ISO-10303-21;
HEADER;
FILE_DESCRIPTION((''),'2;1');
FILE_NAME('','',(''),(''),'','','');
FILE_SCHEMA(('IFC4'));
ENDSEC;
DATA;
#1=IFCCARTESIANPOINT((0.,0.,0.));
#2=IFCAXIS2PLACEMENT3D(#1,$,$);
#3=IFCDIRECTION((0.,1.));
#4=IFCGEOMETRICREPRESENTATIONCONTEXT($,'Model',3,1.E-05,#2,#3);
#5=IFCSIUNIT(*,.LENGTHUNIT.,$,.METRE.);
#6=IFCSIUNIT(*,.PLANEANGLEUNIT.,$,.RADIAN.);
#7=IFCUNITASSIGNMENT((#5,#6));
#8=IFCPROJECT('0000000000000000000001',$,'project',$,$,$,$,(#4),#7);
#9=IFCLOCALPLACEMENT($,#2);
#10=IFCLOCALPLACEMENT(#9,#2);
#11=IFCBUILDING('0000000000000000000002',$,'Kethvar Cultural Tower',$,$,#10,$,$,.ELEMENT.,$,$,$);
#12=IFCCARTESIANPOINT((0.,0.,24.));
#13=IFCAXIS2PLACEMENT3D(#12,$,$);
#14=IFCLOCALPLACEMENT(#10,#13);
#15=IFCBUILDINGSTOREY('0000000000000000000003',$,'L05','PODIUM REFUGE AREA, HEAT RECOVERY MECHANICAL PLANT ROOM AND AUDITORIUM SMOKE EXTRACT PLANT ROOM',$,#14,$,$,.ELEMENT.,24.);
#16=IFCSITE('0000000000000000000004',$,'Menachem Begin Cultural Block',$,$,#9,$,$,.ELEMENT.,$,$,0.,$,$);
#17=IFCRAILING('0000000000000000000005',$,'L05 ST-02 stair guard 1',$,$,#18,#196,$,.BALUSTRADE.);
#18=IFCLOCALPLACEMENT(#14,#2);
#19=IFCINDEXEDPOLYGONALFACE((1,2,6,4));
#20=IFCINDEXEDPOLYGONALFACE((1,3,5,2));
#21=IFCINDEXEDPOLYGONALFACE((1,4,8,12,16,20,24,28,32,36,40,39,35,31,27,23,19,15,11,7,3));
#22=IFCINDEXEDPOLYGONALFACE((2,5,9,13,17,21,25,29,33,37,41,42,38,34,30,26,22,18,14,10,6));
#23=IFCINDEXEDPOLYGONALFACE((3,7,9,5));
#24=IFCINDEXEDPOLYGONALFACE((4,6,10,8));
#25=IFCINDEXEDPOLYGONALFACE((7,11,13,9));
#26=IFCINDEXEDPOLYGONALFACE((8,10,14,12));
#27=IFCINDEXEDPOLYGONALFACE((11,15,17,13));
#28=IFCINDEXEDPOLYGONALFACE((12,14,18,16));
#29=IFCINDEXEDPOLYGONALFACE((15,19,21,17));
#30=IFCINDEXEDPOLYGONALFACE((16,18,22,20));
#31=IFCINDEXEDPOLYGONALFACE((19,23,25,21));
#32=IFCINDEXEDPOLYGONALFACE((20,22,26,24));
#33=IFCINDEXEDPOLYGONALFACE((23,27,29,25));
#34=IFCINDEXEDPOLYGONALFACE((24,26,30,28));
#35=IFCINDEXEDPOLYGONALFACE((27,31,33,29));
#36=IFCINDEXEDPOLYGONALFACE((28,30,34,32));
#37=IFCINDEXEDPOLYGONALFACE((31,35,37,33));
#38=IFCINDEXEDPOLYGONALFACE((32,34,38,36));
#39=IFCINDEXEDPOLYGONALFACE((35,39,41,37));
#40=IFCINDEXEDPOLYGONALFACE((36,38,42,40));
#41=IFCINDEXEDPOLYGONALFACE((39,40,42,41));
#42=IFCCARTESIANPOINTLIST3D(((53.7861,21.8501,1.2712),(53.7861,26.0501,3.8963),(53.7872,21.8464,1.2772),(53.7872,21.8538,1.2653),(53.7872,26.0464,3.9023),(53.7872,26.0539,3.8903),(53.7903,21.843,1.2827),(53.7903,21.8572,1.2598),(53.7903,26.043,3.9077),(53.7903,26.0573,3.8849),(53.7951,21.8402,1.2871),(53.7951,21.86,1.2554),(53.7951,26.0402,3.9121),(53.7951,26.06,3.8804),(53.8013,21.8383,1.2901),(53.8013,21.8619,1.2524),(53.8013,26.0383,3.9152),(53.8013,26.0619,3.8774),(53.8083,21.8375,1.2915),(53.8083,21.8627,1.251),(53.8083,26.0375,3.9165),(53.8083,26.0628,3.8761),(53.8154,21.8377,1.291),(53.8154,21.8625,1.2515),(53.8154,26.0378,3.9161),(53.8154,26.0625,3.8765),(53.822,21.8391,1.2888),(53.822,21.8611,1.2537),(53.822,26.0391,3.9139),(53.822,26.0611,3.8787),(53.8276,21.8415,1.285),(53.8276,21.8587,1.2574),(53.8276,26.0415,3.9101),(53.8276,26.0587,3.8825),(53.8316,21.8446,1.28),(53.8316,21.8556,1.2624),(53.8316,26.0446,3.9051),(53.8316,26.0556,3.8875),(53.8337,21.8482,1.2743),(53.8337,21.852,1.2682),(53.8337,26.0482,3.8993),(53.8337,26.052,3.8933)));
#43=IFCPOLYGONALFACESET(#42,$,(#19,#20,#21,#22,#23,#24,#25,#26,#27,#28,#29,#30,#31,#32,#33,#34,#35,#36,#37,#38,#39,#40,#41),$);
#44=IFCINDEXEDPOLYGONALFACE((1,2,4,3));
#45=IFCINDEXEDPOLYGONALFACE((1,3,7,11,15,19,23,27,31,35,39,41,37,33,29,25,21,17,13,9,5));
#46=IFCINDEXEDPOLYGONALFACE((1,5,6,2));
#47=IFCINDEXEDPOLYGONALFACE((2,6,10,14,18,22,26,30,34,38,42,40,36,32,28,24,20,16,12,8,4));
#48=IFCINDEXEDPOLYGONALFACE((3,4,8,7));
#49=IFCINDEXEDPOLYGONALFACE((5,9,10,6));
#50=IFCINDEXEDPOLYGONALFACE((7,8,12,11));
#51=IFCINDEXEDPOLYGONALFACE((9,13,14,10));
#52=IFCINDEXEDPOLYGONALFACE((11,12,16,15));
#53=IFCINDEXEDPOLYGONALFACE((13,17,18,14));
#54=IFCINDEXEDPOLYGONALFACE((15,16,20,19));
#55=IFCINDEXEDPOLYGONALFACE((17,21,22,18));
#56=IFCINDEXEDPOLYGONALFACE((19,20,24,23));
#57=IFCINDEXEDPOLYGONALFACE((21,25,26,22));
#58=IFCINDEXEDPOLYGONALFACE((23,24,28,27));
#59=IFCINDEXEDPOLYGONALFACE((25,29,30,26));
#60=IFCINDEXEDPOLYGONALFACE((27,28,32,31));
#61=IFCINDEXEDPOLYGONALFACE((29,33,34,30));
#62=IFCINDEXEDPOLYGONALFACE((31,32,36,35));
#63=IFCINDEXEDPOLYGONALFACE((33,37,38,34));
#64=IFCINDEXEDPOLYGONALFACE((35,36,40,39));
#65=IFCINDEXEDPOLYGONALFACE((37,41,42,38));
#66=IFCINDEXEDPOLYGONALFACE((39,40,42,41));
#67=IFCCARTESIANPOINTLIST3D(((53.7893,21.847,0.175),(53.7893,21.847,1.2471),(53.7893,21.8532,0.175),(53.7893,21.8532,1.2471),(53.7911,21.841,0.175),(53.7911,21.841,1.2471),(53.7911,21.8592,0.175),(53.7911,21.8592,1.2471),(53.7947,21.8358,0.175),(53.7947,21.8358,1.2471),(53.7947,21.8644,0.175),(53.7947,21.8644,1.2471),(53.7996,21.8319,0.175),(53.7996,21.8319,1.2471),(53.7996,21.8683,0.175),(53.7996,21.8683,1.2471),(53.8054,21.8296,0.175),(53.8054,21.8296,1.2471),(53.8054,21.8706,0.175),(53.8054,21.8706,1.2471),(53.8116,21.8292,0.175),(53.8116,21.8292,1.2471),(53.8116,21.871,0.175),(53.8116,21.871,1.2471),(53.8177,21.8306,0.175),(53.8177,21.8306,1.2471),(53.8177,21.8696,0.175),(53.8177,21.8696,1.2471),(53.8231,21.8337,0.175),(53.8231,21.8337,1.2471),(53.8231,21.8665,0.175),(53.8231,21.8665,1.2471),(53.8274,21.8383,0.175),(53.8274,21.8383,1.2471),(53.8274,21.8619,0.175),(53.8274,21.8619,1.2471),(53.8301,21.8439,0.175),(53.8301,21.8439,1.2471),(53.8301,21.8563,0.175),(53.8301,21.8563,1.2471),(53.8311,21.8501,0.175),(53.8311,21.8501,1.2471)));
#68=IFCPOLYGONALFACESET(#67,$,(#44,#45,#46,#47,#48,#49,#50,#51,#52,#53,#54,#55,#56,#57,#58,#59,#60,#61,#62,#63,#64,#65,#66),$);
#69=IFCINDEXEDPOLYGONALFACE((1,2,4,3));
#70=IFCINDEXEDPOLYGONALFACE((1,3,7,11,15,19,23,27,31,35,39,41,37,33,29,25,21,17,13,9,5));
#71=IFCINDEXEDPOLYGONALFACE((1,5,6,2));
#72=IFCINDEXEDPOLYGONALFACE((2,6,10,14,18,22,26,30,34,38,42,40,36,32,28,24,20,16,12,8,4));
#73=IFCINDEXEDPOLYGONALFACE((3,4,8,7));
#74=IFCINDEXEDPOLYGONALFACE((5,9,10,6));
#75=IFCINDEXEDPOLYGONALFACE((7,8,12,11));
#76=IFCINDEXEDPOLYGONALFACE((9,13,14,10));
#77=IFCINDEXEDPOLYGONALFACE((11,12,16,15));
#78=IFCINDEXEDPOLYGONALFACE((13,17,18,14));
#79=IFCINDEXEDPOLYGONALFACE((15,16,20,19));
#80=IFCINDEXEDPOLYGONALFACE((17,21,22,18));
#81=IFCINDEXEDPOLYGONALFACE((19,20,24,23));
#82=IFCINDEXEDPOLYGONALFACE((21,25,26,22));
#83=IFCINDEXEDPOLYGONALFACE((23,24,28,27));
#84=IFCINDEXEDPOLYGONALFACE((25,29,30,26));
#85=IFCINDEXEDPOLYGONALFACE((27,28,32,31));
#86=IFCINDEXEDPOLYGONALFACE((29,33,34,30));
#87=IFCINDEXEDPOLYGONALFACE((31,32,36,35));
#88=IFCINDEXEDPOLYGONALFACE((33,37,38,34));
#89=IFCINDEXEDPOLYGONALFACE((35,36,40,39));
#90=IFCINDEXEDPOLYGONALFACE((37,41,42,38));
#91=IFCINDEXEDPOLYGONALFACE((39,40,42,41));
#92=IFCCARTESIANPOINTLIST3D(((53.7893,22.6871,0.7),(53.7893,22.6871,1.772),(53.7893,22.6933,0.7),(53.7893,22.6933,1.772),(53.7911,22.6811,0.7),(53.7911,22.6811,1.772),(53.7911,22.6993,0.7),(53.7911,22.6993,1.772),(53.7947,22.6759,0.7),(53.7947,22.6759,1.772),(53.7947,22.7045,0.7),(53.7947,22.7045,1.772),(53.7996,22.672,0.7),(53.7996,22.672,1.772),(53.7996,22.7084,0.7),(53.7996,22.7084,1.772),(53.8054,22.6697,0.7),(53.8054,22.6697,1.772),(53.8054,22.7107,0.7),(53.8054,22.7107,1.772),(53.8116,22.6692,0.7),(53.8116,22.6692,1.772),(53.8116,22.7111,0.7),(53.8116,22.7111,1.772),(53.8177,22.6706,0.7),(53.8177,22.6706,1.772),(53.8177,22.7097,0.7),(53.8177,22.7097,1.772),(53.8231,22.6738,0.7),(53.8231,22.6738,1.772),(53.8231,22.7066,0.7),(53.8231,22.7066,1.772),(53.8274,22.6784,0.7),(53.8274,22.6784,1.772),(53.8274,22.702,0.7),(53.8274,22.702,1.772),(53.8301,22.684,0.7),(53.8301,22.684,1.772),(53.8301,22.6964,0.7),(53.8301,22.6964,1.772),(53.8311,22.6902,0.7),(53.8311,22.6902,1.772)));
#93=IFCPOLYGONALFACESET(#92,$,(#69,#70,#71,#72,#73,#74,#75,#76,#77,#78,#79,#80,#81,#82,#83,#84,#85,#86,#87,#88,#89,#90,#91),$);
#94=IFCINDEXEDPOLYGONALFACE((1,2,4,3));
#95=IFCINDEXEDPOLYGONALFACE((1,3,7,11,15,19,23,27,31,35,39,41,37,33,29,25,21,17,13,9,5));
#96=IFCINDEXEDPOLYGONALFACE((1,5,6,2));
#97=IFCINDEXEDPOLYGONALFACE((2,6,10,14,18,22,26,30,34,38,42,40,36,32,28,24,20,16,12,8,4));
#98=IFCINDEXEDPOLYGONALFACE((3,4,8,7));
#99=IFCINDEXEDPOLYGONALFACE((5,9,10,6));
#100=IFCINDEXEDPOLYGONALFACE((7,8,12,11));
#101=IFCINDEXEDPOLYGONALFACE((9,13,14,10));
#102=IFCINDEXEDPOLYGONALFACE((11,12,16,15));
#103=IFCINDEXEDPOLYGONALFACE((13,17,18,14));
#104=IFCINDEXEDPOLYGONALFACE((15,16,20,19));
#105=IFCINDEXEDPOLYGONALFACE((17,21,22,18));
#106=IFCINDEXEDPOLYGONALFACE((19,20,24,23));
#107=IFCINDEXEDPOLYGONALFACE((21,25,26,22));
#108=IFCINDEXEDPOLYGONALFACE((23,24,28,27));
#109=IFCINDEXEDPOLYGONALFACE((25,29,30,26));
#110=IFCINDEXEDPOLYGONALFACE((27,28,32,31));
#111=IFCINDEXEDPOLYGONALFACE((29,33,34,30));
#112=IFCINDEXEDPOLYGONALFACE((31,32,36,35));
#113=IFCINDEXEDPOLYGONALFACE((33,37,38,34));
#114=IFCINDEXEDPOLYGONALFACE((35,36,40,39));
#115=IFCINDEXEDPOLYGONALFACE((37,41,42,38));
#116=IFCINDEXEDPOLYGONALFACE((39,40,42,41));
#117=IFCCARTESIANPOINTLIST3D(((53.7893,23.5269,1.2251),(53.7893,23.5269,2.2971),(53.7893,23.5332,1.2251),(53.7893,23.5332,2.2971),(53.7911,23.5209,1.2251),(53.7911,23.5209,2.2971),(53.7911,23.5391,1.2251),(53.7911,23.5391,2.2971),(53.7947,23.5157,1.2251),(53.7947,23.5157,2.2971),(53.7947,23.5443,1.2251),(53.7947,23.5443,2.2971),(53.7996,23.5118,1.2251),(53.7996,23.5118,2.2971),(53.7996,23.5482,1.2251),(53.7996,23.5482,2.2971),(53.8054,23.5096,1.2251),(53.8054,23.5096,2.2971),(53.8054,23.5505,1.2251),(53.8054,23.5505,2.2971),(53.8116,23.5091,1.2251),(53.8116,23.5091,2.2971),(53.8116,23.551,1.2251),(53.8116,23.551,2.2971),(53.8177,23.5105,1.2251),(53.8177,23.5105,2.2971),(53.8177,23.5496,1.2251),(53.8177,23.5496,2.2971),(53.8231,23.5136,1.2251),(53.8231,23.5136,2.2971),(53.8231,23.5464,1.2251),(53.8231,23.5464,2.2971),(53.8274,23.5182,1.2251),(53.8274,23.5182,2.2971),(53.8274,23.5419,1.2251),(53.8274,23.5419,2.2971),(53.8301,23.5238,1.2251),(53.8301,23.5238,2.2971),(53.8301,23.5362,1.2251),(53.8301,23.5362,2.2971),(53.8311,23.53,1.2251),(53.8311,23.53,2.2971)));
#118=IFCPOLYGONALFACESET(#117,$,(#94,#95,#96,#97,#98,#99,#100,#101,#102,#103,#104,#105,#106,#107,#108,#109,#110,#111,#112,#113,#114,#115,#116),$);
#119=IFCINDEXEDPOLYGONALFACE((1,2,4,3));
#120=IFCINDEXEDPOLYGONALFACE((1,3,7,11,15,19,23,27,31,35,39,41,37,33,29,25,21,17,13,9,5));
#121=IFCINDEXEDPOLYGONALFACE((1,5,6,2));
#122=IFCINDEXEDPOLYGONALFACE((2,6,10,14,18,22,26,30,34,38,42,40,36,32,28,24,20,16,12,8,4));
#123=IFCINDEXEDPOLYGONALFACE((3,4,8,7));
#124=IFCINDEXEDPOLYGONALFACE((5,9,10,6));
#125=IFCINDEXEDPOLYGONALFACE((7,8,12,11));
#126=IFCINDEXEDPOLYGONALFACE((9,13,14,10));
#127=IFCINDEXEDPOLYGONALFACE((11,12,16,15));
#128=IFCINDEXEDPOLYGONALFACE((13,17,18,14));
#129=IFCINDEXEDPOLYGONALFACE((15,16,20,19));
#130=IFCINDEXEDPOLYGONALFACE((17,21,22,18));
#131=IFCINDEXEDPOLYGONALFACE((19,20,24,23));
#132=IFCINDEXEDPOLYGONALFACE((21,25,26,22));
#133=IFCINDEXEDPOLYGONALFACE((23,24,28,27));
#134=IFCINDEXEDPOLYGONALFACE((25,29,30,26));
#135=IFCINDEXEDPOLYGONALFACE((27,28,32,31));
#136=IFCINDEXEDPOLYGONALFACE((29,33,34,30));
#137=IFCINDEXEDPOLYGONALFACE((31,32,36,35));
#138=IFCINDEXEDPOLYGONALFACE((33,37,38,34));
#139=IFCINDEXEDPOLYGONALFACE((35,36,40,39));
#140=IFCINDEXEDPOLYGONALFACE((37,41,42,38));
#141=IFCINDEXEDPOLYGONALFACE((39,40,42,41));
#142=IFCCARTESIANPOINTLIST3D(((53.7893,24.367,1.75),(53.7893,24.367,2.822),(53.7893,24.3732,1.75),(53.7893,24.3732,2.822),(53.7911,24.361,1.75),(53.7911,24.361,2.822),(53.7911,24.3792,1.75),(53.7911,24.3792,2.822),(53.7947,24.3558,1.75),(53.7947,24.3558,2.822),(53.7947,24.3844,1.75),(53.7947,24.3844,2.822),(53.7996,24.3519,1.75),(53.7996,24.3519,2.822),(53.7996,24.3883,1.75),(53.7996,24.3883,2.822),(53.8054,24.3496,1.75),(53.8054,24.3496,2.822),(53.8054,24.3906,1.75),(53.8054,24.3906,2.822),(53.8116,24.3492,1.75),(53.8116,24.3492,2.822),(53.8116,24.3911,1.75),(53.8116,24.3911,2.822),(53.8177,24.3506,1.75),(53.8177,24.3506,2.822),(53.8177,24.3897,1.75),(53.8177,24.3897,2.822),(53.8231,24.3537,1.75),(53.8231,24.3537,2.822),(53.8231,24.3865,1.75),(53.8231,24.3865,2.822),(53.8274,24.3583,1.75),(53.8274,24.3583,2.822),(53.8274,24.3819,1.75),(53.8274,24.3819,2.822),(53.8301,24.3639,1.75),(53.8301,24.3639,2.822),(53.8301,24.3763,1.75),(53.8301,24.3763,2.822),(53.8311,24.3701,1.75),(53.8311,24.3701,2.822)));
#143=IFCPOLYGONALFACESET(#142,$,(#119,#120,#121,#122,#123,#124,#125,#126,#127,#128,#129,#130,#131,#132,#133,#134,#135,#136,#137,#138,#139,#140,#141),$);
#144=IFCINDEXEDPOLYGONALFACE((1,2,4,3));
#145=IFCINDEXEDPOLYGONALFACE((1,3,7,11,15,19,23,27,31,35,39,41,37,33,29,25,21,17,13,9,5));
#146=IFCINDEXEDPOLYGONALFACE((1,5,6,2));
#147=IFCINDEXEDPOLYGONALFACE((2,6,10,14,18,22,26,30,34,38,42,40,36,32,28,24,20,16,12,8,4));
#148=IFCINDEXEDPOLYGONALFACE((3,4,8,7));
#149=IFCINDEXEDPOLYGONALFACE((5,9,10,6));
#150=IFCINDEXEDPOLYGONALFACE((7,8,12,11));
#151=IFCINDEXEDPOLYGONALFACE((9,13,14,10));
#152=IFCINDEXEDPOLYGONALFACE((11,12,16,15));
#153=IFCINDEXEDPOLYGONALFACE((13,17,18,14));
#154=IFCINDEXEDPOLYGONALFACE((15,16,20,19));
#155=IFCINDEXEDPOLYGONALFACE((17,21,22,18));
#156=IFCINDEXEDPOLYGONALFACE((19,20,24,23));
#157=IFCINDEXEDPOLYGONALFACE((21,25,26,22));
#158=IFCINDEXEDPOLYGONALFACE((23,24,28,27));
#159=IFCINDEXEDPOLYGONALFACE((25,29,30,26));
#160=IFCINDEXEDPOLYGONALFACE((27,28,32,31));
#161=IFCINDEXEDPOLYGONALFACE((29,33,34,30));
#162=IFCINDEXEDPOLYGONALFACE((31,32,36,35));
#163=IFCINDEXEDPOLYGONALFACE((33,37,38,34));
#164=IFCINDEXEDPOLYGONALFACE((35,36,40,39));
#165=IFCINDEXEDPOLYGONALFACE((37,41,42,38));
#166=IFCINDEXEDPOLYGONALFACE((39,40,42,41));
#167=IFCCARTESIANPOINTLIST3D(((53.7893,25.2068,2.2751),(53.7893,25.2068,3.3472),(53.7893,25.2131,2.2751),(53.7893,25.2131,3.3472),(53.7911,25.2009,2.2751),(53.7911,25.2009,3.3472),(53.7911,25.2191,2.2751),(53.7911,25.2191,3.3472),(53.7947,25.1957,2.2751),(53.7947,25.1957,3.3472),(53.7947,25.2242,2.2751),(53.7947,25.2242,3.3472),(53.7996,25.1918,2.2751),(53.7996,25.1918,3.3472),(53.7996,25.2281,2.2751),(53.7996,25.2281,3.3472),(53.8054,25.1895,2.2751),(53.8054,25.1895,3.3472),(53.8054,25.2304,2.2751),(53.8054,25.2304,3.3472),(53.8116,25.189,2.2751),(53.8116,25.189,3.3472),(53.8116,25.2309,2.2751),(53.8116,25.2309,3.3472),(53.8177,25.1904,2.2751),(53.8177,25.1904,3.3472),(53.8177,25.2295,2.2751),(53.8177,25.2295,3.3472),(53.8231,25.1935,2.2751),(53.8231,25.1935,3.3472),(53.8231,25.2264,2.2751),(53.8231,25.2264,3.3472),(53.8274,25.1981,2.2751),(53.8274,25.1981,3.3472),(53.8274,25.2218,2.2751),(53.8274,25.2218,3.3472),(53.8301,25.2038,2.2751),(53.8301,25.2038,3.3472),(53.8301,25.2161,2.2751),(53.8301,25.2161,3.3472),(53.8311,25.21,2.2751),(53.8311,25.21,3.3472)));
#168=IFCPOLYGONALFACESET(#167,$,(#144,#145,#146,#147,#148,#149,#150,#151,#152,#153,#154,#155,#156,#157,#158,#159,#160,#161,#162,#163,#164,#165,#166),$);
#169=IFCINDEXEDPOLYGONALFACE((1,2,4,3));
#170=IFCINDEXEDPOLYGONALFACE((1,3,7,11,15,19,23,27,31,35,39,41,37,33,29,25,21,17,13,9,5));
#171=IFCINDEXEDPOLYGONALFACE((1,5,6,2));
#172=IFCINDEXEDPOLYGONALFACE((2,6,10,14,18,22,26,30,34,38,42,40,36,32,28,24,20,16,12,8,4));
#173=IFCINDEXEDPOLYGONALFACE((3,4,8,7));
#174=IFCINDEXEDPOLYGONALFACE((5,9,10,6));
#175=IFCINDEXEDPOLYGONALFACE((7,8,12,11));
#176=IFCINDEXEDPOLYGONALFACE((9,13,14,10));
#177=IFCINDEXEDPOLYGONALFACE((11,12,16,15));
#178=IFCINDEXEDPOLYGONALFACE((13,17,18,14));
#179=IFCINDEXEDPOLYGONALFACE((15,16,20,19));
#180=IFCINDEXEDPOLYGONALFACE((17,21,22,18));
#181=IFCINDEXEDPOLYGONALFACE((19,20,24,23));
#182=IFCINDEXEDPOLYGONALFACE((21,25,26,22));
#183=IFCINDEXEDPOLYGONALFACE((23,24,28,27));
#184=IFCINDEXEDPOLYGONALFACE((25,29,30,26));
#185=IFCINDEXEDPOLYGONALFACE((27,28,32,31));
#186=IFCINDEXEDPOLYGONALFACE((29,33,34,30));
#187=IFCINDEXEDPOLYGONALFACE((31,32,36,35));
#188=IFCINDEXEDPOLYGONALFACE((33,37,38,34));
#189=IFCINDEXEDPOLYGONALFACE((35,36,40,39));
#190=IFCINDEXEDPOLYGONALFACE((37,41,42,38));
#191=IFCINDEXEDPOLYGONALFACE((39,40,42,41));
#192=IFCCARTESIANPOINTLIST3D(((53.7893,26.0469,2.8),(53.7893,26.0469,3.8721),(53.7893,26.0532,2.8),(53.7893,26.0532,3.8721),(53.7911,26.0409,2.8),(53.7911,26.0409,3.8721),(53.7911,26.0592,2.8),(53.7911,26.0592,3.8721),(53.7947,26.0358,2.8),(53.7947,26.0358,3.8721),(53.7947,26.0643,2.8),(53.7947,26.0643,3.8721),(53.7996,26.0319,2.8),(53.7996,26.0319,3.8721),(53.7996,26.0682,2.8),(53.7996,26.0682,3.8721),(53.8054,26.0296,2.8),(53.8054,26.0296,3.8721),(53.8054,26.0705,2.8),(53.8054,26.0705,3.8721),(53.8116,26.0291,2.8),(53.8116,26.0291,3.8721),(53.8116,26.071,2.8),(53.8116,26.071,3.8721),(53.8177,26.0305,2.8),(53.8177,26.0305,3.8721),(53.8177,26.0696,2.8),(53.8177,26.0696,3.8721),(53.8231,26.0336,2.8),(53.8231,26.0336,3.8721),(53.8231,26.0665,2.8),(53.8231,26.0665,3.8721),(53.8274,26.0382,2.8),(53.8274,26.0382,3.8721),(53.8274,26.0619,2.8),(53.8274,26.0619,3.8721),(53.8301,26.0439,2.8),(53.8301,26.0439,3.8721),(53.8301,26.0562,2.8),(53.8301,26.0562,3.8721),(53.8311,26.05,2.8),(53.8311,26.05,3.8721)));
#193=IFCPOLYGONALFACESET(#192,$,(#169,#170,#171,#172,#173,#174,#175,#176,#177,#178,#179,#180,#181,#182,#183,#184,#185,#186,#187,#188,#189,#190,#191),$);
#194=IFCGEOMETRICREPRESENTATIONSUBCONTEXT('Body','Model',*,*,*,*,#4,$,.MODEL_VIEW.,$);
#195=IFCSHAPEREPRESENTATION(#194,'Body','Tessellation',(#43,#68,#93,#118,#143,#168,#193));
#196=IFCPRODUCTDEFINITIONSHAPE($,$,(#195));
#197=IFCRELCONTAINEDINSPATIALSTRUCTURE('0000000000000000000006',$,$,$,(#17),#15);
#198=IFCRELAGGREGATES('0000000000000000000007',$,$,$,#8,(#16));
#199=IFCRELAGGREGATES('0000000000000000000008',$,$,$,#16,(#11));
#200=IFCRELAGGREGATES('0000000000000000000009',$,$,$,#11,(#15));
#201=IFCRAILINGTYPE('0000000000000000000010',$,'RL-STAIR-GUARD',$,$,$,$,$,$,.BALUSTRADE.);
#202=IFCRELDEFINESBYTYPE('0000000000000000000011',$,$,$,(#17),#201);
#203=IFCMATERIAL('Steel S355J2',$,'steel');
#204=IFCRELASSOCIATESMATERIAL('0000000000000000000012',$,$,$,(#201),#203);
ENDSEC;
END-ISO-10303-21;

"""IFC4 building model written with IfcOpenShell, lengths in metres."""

from ifc_helpers import new_model, si_unit, direction, frame, origin, origin_2d, place, context, subcontext, project, spatial, circle, extrude, material, type_object, element, save


model = new_model("IFC4")

# Units and contexts
model_context = context("Model", 3, precision=1e-05, world=origin(), true_north=direction((0.0, 1.0)))
body_context = subcontext(model_context, "Body", "Model", "MODEL_VIEW")
ifc_project = project(units=[si_unit("LENGTHUNIT", "METRE"), si_unit("PLANEANGLEUNIT", "RADIAN")], contexts=[model_context])

# Site, building, storey
site_placement = place(None, origin())
site = spatial("IfcSite", under=ifc_project, at=site_placement, Name="Menachem Begin Cultural Block", CompositionType="ELEMENT", RefElevation=0.0)
building_placement = place(site_placement, origin())
building = spatial("IfcBuilding", under=site, at=building_placement, Name="Kethvar Cultural Tower", CompositionType="ELEMENT")
storey_placement = place(building_placement, frame((0.0, 0.0, 24.0)))
storey = spatial("IfcBuildingStorey", under=building, at=storey_placement, Name="L05", Description="PODIUM REFUGE AREA, HEAT RECOVERY MECHANICAL PLANT ROOM AND AUDITORIUM SMOKE EXTRACT PLANT ROOM", CompositionType="ELEMENT", Elevation=24.0)

# Shared definitions
ifc_material_1 = material(Name="Steel S355J2", Category="steel")

# Railing
railing_type_1 = type_object("IfcRailingType", Name="RL-STAIR-GUARD", PredefinedType="BALUSTRADE", material=ifc_material_1)
railing_1_placement = place(storey_placement, frame((53.8101, 21.8501, 0.175)))
element("IfcRailing", 1, at=railing_1_placement, inside=storey, type_object=railing_type_1, Name="L05 ST-02 stair guard 1", PredefinedType="BALUSTRADE", context=body_context, shape_type="SweptSolid", body=[
    extrude(circle(Radius=0.0239, at=origin_2d()), frame((0.0, 0.0, 1.0962), z_axis=(0.0, 0.847996, 0.530003), x_axis=(-1.0, 0.0, 0.0)), (0.0, 0.0, 1.0), 4.9529),
    extrude(circle(Radius=0.021, at=origin_2d()), origin(), (0.0, 0.0, 1.0), 1.072),
    extrude(circle(Radius=0.021, at=origin_2d()), frame((0.0, 0.8401, 0.5249)), (0.0, 0.0, 1.0), 1.072),
    extrude(circle(Radius=0.021, at=origin_2d()), frame((0.0, 1.6799, 1.05)), (0.0, 0.0, 1.0), 1.072),
    extrude(circle(Radius=0.021, at=origin_2d()), frame((0.0, 2.52, 1.575)), (0.0, 0.0, 1.0), 1.072),
    extrude(circle(Radius=0.021, at=origin_2d()), frame((0.0, 3.3599, 2.1001)), (0.0, 0.0, 1.0), 1.072),
    extrude(circle(Radius=0.021, at=origin_2d()), frame((0.0, 4.2, 2.625)), (0.0, 0.0, 1.0), 1.072),
])

save(model, "model.ifc")
